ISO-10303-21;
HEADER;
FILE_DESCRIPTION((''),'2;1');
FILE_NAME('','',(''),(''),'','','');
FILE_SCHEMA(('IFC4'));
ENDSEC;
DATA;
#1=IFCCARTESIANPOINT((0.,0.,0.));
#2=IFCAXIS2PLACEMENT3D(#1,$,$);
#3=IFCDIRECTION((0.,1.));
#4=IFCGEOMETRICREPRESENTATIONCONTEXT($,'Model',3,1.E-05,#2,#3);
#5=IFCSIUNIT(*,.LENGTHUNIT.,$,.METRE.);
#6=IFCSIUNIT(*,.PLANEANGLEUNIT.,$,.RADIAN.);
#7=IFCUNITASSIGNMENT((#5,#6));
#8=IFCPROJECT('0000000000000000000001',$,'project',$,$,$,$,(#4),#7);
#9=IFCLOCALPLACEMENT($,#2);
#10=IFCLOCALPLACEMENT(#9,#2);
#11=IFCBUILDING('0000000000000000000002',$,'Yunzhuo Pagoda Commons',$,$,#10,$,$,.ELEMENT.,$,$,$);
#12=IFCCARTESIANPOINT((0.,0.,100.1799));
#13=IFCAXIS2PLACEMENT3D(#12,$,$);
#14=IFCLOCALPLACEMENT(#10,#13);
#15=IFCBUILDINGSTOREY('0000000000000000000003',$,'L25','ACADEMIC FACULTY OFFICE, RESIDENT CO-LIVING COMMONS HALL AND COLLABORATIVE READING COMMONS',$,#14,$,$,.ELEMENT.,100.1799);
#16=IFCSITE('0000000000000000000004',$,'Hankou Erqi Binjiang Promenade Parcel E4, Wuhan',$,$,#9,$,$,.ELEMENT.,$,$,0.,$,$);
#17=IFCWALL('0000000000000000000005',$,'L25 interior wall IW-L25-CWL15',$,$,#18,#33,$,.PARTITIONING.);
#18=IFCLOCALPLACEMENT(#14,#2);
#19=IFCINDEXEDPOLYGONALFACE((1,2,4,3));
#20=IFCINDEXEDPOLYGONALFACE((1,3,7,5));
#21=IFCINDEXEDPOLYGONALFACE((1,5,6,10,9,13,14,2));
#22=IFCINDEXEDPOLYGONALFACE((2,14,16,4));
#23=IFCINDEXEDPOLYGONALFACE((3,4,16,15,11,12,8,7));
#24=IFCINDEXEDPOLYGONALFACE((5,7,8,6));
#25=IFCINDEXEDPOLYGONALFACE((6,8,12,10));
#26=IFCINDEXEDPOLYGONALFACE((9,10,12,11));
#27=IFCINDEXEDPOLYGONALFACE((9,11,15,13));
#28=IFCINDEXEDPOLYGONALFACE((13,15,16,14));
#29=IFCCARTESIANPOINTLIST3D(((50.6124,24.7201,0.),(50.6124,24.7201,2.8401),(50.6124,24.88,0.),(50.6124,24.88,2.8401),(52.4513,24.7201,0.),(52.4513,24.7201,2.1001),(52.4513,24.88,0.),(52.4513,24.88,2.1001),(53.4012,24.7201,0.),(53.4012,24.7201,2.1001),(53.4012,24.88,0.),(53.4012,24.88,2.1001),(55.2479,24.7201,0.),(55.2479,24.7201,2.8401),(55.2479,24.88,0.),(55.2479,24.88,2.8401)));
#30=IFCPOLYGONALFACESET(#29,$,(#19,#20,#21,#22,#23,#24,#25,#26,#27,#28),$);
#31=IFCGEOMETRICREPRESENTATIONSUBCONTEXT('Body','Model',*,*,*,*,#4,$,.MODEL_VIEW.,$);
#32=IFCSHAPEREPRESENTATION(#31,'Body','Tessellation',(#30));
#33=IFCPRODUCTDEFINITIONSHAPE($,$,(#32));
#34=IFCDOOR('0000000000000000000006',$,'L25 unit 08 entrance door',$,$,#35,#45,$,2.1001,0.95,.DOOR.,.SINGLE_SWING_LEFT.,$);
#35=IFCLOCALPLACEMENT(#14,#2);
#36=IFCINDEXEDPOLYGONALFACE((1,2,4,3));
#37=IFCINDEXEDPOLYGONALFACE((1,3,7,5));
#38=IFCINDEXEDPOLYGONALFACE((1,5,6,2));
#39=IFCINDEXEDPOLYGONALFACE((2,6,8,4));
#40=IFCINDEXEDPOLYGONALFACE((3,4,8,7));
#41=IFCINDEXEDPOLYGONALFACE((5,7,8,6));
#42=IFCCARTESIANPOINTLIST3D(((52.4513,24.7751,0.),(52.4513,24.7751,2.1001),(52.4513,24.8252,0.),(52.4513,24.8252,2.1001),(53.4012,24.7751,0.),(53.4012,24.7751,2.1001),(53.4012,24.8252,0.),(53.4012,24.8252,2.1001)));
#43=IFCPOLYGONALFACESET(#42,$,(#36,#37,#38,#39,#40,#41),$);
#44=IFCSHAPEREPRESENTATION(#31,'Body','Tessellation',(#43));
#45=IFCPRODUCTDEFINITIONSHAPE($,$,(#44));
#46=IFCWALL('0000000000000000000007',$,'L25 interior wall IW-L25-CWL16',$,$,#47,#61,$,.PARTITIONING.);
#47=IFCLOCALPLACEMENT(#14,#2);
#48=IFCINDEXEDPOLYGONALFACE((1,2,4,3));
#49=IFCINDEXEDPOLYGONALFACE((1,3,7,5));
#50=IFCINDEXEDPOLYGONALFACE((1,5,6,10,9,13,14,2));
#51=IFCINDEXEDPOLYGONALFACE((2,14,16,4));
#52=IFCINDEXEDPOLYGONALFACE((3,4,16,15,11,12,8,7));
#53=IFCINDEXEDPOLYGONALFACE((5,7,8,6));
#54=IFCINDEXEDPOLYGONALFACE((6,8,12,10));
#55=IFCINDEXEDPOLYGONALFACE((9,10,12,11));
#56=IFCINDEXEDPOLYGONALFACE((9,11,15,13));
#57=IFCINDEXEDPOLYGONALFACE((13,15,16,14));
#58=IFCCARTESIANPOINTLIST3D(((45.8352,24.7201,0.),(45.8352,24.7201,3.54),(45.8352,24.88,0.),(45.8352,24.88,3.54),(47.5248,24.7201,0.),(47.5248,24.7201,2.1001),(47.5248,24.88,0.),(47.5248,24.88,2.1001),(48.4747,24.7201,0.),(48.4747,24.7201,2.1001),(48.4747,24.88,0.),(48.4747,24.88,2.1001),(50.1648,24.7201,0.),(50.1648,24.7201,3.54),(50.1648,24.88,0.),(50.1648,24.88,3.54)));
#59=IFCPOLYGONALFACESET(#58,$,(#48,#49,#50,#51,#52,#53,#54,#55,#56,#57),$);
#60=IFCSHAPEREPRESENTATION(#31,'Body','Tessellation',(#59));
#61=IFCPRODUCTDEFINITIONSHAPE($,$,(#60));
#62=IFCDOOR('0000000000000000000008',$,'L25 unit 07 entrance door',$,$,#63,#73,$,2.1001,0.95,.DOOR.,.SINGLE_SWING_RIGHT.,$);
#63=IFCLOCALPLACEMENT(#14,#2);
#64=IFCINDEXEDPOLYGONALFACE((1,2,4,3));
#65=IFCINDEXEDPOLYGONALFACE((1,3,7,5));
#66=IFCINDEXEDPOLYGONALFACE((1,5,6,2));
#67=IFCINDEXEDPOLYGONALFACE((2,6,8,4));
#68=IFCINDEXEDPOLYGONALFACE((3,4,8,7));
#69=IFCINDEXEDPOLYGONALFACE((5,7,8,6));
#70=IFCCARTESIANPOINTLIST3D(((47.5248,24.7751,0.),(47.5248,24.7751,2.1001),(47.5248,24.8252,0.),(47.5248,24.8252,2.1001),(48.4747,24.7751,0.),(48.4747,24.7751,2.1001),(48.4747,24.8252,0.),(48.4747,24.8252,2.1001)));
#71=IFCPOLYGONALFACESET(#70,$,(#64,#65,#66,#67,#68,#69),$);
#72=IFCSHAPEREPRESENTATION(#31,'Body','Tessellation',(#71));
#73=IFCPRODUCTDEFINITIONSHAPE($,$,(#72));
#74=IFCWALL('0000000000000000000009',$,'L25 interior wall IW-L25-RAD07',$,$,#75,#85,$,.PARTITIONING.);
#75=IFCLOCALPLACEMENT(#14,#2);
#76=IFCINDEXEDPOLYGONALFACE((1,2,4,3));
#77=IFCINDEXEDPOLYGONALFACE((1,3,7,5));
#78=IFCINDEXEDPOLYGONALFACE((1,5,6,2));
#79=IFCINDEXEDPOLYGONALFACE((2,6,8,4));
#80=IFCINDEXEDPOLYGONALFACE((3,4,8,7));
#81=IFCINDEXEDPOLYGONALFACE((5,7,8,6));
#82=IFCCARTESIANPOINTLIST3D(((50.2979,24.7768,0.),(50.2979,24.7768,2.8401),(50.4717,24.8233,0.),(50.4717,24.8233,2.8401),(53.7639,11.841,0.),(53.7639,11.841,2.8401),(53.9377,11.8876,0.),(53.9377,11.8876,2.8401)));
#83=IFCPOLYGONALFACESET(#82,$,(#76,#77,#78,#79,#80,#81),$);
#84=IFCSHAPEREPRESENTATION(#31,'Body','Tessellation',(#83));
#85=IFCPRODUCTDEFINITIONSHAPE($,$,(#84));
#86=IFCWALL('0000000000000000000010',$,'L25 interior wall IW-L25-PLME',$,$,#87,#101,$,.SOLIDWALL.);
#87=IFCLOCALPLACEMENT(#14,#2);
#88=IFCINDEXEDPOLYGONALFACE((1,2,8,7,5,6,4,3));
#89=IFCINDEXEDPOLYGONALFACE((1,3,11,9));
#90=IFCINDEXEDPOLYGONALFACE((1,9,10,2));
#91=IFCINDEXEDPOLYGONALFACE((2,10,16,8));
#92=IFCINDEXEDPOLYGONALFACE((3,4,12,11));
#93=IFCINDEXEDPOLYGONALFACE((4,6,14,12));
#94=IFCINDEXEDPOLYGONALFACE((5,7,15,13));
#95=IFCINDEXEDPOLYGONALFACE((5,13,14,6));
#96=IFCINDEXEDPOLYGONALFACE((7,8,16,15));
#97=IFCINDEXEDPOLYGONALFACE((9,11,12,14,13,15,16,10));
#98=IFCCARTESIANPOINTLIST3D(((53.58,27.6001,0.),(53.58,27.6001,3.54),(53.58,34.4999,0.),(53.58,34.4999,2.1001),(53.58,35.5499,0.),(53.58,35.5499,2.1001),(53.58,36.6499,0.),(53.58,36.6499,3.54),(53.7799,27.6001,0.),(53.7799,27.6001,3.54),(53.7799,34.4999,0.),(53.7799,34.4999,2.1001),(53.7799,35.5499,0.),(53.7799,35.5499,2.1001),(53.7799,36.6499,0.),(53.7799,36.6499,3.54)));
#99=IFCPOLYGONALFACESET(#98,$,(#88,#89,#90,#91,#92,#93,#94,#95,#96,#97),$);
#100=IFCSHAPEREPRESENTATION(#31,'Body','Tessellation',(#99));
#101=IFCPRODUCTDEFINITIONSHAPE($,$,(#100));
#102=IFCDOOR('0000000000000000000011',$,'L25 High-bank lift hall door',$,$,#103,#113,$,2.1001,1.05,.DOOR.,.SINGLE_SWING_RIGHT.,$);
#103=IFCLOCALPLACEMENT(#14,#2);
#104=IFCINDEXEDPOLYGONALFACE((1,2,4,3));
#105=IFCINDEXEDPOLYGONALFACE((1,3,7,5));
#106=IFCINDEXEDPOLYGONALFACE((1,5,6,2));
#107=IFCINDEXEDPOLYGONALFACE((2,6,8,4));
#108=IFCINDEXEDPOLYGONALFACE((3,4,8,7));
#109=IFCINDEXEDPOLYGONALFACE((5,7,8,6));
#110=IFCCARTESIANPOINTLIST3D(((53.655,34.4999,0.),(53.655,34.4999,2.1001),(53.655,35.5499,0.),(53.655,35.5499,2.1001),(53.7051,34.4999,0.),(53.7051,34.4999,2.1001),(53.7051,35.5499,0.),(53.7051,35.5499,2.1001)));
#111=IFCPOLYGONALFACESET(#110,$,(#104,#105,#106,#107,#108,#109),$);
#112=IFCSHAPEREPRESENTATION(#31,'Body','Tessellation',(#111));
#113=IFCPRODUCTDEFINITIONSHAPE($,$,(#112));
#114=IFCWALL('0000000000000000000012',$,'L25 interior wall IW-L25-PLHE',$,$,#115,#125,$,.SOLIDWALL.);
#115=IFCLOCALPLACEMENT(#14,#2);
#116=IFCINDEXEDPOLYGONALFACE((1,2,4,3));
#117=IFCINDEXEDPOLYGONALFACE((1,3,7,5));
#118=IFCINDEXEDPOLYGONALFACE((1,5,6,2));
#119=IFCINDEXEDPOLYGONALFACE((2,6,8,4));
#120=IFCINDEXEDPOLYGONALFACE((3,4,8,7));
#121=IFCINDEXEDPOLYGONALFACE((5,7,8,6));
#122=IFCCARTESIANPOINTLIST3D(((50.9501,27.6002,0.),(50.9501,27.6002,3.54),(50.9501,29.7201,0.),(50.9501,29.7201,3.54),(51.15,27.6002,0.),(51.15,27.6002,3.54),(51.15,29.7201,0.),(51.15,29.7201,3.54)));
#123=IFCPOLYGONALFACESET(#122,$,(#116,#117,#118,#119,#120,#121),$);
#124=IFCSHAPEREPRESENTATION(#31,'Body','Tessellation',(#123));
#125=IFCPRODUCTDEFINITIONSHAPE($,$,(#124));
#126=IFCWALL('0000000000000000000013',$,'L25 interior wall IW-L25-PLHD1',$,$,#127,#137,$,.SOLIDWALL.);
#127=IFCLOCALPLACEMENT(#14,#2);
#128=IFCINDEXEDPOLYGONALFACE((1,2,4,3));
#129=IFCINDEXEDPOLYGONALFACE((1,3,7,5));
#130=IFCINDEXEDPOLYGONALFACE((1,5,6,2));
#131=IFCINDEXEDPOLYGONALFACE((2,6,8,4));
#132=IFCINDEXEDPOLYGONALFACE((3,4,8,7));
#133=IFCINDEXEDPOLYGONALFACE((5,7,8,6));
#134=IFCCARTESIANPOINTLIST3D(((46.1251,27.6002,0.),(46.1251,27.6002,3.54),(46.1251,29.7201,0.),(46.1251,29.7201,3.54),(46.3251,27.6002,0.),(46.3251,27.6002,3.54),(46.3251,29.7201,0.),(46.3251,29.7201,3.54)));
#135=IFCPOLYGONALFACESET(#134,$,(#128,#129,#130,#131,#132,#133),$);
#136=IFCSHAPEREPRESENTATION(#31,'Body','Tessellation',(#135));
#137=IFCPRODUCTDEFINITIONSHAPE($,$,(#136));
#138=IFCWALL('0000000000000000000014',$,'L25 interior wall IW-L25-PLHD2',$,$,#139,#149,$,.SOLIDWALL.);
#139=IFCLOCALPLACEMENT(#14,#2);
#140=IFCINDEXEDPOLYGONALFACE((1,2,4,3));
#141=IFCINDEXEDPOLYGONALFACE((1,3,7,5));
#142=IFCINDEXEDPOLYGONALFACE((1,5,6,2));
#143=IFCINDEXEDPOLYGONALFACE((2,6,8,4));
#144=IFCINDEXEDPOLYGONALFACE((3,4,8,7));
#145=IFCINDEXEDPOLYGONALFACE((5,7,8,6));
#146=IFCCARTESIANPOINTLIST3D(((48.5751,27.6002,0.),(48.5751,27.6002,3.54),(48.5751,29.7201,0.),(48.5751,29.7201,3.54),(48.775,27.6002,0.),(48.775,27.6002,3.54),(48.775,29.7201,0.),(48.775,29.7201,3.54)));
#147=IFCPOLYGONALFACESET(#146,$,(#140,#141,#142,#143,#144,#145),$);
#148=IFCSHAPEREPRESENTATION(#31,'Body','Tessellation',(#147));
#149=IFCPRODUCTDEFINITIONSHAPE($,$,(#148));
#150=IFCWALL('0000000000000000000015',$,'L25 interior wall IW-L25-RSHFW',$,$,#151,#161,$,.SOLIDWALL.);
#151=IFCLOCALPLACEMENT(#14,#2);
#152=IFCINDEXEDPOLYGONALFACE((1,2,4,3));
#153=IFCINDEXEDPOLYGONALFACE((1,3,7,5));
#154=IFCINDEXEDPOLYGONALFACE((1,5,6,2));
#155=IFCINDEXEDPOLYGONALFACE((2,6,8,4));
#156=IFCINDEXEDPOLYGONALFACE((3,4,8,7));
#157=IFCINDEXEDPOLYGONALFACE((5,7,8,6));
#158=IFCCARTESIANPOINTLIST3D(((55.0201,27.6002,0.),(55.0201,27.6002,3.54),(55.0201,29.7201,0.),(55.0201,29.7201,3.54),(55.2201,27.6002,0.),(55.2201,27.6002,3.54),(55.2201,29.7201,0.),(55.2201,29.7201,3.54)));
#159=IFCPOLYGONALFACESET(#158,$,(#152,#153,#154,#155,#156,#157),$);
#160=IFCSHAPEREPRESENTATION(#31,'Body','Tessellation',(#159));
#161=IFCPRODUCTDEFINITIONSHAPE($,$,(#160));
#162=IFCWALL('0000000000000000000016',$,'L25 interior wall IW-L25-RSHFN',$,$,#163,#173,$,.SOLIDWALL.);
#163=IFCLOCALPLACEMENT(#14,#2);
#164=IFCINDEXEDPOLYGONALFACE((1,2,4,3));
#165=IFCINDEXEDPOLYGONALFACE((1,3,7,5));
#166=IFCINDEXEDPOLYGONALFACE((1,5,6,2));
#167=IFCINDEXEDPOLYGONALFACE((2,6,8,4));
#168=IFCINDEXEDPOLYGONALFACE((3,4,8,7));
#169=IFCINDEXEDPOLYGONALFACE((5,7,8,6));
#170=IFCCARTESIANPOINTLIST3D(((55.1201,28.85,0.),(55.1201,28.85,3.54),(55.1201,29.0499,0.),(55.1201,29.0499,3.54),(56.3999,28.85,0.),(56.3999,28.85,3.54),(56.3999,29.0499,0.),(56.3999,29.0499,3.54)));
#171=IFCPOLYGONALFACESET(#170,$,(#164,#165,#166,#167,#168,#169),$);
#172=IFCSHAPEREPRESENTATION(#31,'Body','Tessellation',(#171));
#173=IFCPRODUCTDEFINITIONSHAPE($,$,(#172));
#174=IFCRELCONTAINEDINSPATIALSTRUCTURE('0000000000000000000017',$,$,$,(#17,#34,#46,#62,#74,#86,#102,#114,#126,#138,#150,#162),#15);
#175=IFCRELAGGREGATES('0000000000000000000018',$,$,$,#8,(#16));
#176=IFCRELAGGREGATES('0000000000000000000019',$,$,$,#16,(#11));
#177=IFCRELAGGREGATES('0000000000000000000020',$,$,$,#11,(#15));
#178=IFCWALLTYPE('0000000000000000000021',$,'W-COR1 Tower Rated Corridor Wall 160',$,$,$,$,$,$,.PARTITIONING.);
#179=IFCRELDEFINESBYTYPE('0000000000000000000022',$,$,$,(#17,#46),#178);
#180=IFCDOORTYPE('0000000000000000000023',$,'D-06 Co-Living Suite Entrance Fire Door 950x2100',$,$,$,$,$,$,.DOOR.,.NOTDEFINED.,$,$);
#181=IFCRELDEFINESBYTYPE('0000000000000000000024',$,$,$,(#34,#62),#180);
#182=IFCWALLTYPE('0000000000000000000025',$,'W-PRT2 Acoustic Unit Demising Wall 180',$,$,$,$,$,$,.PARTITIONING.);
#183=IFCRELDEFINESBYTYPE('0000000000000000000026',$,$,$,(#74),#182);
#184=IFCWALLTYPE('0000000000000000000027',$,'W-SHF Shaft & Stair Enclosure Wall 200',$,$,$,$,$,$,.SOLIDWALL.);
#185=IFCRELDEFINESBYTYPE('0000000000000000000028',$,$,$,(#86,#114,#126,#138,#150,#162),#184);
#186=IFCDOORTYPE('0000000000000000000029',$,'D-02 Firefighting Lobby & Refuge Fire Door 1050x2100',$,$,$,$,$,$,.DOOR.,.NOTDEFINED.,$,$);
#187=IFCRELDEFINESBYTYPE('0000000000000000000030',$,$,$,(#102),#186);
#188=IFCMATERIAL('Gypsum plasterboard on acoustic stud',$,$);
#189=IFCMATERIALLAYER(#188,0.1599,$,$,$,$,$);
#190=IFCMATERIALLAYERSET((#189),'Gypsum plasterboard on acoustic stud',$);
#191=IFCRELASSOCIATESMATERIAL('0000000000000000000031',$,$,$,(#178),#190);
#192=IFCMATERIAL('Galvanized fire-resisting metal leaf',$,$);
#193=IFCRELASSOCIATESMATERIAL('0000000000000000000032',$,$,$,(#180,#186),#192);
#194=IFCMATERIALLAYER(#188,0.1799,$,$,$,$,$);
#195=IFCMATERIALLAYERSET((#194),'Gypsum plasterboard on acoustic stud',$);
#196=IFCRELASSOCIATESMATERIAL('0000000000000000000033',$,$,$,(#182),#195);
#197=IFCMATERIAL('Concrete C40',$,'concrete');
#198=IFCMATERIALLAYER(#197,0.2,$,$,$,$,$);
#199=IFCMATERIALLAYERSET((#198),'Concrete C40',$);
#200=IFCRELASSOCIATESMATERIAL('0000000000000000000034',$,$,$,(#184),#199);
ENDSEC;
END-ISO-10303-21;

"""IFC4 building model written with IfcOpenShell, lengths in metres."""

from ifc_helpers import new_model, si_unit, direction, frame, frame_2d, origin, origin_with_axes, place, context, subcontext, project, spatial, rectangle, extrude, source, transform, mapped, material, layer, layer_set, type_object, element, fill, save


model = new_model("IFC4")

# Units and contexts
model_context = context("Model", 3, precision=1e-05, world=origin(), true_north=direction((0.0, 1.0)))
body_context = subcontext(model_context, "Body", "Model", "MODEL_VIEW")
ifc_project = project(units=[si_unit("LENGTHUNIT", "METRE"), si_unit("PLANEANGLEUNIT", "RADIAN")], contexts=[model_context])

# Site, building, storey
site_placement = place(None, origin())
site = spatial("IfcSite", under=ifc_project, at=site_placement, Name="Hankou Erqi Binjiang Promenade Parcel E4, Wuhan", CompositionType="ELEMENT", RefElevation=0.0)
building_placement = place(site_placement, origin())
building = spatial("IfcBuilding", under=site, at=building_placement, Name="Yunzhuo Pagoda Commons", CompositionType="ELEMENT")
storey_placement = place(building_placement, frame((0.0, 0.0, 100.1799)))
storey = spatial("IfcBuildingStorey", under=building, at=storey_placement, Name="L25", Description="ACADEMIC FACULTY OFFICE, RESIDENT CO-LIVING COMMONS HALL AND COLLABORATIVE READING COMMONS", CompositionType="ELEMENT", Elevation=100.1799)

# Walls, openings, doors
ifc_material_1 = material(Name="Gypsum plasterboard on acoustic stud")
ifc_layer_1 = layer(ifc_material_1, 0.1599)
ifc_layer_set_1 = layer_set([ifc_layer_1], Name="Gypsum plasterboard on acoustic stud")
wall_type_1 = type_object("IfcWallType", Name="W-COR1 Tower Rated Corridor Wall 160", PredefinedType="PARTITIONING", material=ifc_layer_set_1)
ifc_material_2 = material(Name="Galvanized fire-resisting metal leaf")
wall_1_placement = place(storey_placement, frame((55.248, 24.8, 0.0), z_axis=(0.0, 0.0, 1.0), x_axis=(-1.0, 0.0, 0.0)))
wall_1 = element("IfcWall", 1, at=wall_1_placement, inside=storey, type_object=wall_type_1, Name="L25 interior wall IW-L25-CWL15", PredefinedType="PARTITIONING", context=body_context, shape_type="SweptSolid", body=[
    extrude(rectangle(XDim=4.6355, YDim=0.1599, at=frame_2d((2.3179, 0.0))), origin(), (0.0, 0.0, 1.0), 2.8401),
])
opening_1_placement = place(wall_1_placement, frame((1.8467, 0.0, 0.0)))
opening_1 = element("IfcOpeningElement", 2, at=opening_1_placement, cuts=wall_1, PredefinedType="OPENING", context=body_context, shape_type="SweptSolid", body=[
    extrude(rectangle(XDim=0.95, YDim=2.1001, at=frame_2d((0.4751, 1.05))), frame((0.0, 0.0898, 0.0), z_axis=(0.0, -1.0, 0.0), x_axis=(1.0, 0.0, 0.0)), (0.0, 0.0, 1.0), 0.1799),
])
door_type_1 = type_object("IfcDoorType", Name="D-06 Co-Living Suite Entrance Fire Door 950x2100", OperationType="NOTDEFINED", PredefinedType="DOOR", material=ifc_material_2)
shared_shape_1 = source(origin(), body_context, "Body", "SweptSolid", [
    extrude(rectangle(XDim=0.95, YDim=2.1001, at=frame_2d((0.4751, 1.05))), frame((0.0, 0.0249, 0.0), z_axis=(0.0, -1.0, 0.0), x_axis=(1.0, 0.0, 0.0)), (0.0, 0.0, 1.0), 0.05),
])
door_1_placement = place(opening_1_placement, origin_with_axes())
door_1 = element("IfcDoor", 3, at=door_1_placement, inside=storey, type_object=door_type_1, Name="L25 unit 08 entrance door", OperationType="SINGLE_SWING_LEFT", OverallHeight=2.1001, OverallWidth=0.95, PredefinedType="DOOR", context=body_context, shape_type="MappedRepresentation", body=[
    mapped(shared_shape_1, transform((0.0, 0.0, 0.0), scale=1.0)),
])
fill(opening_1, door_1)
wall_2_placement = place(storey_placement, frame((50.1648, 24.8, 0.0), z_axis=(0.0, 0.0, 1.0), x_axis=(-1.0, 0.0, 0.0)))
wall_2 = element("IfcWall", 4, at=wall_2_placement, inside=storey, type_object=wall_type_1, Name="L25 interior wall IW-L25-CWL16", PredefinedType="PARTITIONING", context=body_context, shape_type="SweptSolid", body=[
    extrude(rectangle(XDim=4.3296, YDim=0.1599, at=frame_2d((2.1648, 0.0))), origin(), (0.0, 0.0, 1.0), 3.54),
])
opening_2_placement = place(wall_2_placement, frame((1.6899, 0.0, 0.0)))
opening_2 = element("IfcOpeningElement", 5, at=opening_2_placement, cuts=wall_2, PredefinedType="OPENING", context=body_context, shape_type="SweptSolid", body=[
    extrude(rectangle(XDim=0.95, YDim=2.1001, at=frame_2d((0.4751, 1.05))), frame((0.0, 0.0898, 0.0), z_axis=(0.0, -1.0, 0.0), x_axis=(1.0, 0.0, 0.0)), (0.0, 0.0, 1.0), 0.1799),
])
door_2_placement = place(opening_2_placement, origin_with_axes())
door_2 = element("IfcDoor", 6, at=door_2_placement, inside=storey, type_object=door_type_1, Name="L25 unit 07 entrance door", OperationType="SINGLE_SWING_RIGHT", OverallHeight=2.1001, OverallWidth=0.95, PredefinedType="DOOR", context=body_context, shape_type="MappedRepresentation", body=[
    mapped(shared_shape_1, transform((0.0, 0.0, 0.0), scale=1.0)),
])
fill(opening_2, door_2)

# Wall
ifc_layer_2 = layer(ifc_material_1, 0.1799)
ifc_layer_set_2 = layer_set([ifc_layer_2], Name="Gypsum plasterboard on acoustic stud")
wall_type_2 = type_object("IfcWallType", Name="W-PRT2 Acoustic Unit Demising Wall 180", PredefinedType="PARTITIONING", material=ifc_layer_set_2)
wall_3_placement = place(storey_placement, frame((50.3848, 24.8, 0.0), z_axis=(0.0, 0.0, 1.0), x_axis=(0.258814, -0.965927, 0.0)))
element("IfcWall", 7, at=wall_3_placement, inside=storey, type_object=wall_type_2, Name="L25 interior wall IW-L25-RAD07", PredefinedType="PARTITIONING", context=body_context, shape_type="SweptSolid", body=[
    extrude(rectangle(XDim=13.3921, YDim=0.1799, at=frame_2d((6.696, 0.0))), origin(), (0.0, 0.0, 1.0), 2.8401),
])

# Wall, opening, door
ifc_material_3 = material(Name="Concrete C40", Category="concrete")
ifc_layer_3 = layer(ifc_material_3, 0.2)
ifc_layer_set_3 = layer_set([ifc_layer_3], Name="Concrete C40")
wall_type_3 = type_object("IfcWallType", Name="W-SHF Shaft & Stair Enclosure Wall 200", PredefinedType="SOLIDWALL", material=ifc_layer_set_3)
wall_4_placement = place(storey_placement, frame((53.6799, 27.6001, 0.0), z_axis=(0.0, 0.0, 1.0), x_axis=(0.0, 1.0, 0.0)))
wall_4 = element("IfcWall", 8, at=wall_4_placement, inside=storey, type_object=wall_type_3, Name="L25 interior wall IW-L25-PLME", PredefinedType="SOLIDWALL", context=body_context, shape_type="SweptSolid", body=[
    extrude(rectangle(XDim=9.0498, YDim=0.2, at=frame_2d((4.5249, 0.0))), origin(), (0.0, 0.0, 1.0), 3.54),
])
opening_3_placement = place(wall_4_placement, frame((6.8999, 0.0, 0.0)))
opening_3 = element("IfcOpeningElement", 9, at=opening_3_placement, cuts=wall_4, PredefinedType="OPENING", context=body_context, shape_type="SweptSolid", body=[
    extrude(rectangle(XDim=1.05, YDim=2.1001, at=frame_2d((0.5249, 1.05))), frame((0.0, 0.1099, 0.0), z_axis=(0.0, -1.0, 0.0), x_axis=(1.0, 0.0, 0.0)), (0.0, 0.0, 1.0), 0.22),
])
door_type_2 = type_object("IfcDoorType", Name="D-02 Firefighting Lobby & Refuge Fire Door 1050x2100", OperationType="NOTDEFINED", PredefinedType="DOOR", material=ifc_material_2)
shared_shape_2 = source(origin(), body_context, "Body", "SweptSolid", [
    extrude(rectangle(XDim=1.05, YDim=2.1001, at=frame_2d((0.5249, 1.05))), frame((0.0, 0.0249, 0.0), z_axis=(0.0, -1.0, 0.0), x_axis=(1.0, 0.0, 0.0)), (0.0, 0.0, 1.0), 0.05),
])
door_3_placement = place(opening_3_placement, origin_with_axes())
door_3 = element("IfcDoor", 10, at=door_3_placement, inside=storey, type_object=door_type_2, Name="L25 High-bank lift hall door", OperationType="SINGLE_SWING_RIGHT", OverallHeight=2.1001, OverallWidth=1.05, PredefinedType="DOOR", context=body_context, shape_type="MappedRepresentation", body=[
    mapped(shared_shape_2, transform((0.0, 0.0, 0.0), scale=1.0)),
])
fill(opening_3, door_3)

# Walls
for number, where, z_axis, x_axis, name in (
    (11, (51.05, 27.6001, 0.0), (0.0, 0.0, 1.0), (0.0, 1.0, 0.0), "L25 interior wall IW-L25-PLHE"),
    (12, (46.2251, 27.6001, 0.0), (0.0, 0.0, 1.0), (0.0, 1.0, 0.0), "L25 interior wall IW-L25-PLHD1"),
    (13, (48.675, 27.6001, 0.0), (0.0, 0.0, 1.0), (0.0, 1.0, 0.0), "L25 interior wall IW-L25-PLHD2"),
    (14, (55.1201, 27.6001, 0.0), (0.0, 0.0, 1.0), (0.0, 1.0, 0.0), "L25 interior wall IW-L25-RSHFW"),
):
    element("IfcWall", number, at=place(storey_placement, frame(where, z_axis=z_axis, x_axis=x_axis)), inside=storey, type_object=wall_type_3, Name=name, PredefinedType="SOLIDWALL", context=body_context, shape_type="SweptSolid", body=[
        extrude(rectangle(XDim=2.1199, YDim=0.2, at=frame_2d((1.0601, 0.0))), origin(), (0.0, 0.0, 1.0), 3.54),
    ])
wall_5_placement = place(storey_placement, frame((55.1201, 28.95, 0.0), z_axis=(0.0, 0.0, 1.0), x_axis=(1.0, 0.0, 0.0)))
element("IfcWall", 15, at=wall_5_placement, inside=storey, type_object=wall_type_3, Name="L25 interior wall IW-L25-RSHFN", PredefinedType="SOLIDWALL", context=body_context, shape_type="SweptSolid", body=[
    extrude(rectangle(XDim=1.2798, YDim=0.2, at=frame_2d((0.6399, 0.0))), origin(), (0.0, 0.0, 1.0), 3.54),
])

save(model, "model.ifc")
